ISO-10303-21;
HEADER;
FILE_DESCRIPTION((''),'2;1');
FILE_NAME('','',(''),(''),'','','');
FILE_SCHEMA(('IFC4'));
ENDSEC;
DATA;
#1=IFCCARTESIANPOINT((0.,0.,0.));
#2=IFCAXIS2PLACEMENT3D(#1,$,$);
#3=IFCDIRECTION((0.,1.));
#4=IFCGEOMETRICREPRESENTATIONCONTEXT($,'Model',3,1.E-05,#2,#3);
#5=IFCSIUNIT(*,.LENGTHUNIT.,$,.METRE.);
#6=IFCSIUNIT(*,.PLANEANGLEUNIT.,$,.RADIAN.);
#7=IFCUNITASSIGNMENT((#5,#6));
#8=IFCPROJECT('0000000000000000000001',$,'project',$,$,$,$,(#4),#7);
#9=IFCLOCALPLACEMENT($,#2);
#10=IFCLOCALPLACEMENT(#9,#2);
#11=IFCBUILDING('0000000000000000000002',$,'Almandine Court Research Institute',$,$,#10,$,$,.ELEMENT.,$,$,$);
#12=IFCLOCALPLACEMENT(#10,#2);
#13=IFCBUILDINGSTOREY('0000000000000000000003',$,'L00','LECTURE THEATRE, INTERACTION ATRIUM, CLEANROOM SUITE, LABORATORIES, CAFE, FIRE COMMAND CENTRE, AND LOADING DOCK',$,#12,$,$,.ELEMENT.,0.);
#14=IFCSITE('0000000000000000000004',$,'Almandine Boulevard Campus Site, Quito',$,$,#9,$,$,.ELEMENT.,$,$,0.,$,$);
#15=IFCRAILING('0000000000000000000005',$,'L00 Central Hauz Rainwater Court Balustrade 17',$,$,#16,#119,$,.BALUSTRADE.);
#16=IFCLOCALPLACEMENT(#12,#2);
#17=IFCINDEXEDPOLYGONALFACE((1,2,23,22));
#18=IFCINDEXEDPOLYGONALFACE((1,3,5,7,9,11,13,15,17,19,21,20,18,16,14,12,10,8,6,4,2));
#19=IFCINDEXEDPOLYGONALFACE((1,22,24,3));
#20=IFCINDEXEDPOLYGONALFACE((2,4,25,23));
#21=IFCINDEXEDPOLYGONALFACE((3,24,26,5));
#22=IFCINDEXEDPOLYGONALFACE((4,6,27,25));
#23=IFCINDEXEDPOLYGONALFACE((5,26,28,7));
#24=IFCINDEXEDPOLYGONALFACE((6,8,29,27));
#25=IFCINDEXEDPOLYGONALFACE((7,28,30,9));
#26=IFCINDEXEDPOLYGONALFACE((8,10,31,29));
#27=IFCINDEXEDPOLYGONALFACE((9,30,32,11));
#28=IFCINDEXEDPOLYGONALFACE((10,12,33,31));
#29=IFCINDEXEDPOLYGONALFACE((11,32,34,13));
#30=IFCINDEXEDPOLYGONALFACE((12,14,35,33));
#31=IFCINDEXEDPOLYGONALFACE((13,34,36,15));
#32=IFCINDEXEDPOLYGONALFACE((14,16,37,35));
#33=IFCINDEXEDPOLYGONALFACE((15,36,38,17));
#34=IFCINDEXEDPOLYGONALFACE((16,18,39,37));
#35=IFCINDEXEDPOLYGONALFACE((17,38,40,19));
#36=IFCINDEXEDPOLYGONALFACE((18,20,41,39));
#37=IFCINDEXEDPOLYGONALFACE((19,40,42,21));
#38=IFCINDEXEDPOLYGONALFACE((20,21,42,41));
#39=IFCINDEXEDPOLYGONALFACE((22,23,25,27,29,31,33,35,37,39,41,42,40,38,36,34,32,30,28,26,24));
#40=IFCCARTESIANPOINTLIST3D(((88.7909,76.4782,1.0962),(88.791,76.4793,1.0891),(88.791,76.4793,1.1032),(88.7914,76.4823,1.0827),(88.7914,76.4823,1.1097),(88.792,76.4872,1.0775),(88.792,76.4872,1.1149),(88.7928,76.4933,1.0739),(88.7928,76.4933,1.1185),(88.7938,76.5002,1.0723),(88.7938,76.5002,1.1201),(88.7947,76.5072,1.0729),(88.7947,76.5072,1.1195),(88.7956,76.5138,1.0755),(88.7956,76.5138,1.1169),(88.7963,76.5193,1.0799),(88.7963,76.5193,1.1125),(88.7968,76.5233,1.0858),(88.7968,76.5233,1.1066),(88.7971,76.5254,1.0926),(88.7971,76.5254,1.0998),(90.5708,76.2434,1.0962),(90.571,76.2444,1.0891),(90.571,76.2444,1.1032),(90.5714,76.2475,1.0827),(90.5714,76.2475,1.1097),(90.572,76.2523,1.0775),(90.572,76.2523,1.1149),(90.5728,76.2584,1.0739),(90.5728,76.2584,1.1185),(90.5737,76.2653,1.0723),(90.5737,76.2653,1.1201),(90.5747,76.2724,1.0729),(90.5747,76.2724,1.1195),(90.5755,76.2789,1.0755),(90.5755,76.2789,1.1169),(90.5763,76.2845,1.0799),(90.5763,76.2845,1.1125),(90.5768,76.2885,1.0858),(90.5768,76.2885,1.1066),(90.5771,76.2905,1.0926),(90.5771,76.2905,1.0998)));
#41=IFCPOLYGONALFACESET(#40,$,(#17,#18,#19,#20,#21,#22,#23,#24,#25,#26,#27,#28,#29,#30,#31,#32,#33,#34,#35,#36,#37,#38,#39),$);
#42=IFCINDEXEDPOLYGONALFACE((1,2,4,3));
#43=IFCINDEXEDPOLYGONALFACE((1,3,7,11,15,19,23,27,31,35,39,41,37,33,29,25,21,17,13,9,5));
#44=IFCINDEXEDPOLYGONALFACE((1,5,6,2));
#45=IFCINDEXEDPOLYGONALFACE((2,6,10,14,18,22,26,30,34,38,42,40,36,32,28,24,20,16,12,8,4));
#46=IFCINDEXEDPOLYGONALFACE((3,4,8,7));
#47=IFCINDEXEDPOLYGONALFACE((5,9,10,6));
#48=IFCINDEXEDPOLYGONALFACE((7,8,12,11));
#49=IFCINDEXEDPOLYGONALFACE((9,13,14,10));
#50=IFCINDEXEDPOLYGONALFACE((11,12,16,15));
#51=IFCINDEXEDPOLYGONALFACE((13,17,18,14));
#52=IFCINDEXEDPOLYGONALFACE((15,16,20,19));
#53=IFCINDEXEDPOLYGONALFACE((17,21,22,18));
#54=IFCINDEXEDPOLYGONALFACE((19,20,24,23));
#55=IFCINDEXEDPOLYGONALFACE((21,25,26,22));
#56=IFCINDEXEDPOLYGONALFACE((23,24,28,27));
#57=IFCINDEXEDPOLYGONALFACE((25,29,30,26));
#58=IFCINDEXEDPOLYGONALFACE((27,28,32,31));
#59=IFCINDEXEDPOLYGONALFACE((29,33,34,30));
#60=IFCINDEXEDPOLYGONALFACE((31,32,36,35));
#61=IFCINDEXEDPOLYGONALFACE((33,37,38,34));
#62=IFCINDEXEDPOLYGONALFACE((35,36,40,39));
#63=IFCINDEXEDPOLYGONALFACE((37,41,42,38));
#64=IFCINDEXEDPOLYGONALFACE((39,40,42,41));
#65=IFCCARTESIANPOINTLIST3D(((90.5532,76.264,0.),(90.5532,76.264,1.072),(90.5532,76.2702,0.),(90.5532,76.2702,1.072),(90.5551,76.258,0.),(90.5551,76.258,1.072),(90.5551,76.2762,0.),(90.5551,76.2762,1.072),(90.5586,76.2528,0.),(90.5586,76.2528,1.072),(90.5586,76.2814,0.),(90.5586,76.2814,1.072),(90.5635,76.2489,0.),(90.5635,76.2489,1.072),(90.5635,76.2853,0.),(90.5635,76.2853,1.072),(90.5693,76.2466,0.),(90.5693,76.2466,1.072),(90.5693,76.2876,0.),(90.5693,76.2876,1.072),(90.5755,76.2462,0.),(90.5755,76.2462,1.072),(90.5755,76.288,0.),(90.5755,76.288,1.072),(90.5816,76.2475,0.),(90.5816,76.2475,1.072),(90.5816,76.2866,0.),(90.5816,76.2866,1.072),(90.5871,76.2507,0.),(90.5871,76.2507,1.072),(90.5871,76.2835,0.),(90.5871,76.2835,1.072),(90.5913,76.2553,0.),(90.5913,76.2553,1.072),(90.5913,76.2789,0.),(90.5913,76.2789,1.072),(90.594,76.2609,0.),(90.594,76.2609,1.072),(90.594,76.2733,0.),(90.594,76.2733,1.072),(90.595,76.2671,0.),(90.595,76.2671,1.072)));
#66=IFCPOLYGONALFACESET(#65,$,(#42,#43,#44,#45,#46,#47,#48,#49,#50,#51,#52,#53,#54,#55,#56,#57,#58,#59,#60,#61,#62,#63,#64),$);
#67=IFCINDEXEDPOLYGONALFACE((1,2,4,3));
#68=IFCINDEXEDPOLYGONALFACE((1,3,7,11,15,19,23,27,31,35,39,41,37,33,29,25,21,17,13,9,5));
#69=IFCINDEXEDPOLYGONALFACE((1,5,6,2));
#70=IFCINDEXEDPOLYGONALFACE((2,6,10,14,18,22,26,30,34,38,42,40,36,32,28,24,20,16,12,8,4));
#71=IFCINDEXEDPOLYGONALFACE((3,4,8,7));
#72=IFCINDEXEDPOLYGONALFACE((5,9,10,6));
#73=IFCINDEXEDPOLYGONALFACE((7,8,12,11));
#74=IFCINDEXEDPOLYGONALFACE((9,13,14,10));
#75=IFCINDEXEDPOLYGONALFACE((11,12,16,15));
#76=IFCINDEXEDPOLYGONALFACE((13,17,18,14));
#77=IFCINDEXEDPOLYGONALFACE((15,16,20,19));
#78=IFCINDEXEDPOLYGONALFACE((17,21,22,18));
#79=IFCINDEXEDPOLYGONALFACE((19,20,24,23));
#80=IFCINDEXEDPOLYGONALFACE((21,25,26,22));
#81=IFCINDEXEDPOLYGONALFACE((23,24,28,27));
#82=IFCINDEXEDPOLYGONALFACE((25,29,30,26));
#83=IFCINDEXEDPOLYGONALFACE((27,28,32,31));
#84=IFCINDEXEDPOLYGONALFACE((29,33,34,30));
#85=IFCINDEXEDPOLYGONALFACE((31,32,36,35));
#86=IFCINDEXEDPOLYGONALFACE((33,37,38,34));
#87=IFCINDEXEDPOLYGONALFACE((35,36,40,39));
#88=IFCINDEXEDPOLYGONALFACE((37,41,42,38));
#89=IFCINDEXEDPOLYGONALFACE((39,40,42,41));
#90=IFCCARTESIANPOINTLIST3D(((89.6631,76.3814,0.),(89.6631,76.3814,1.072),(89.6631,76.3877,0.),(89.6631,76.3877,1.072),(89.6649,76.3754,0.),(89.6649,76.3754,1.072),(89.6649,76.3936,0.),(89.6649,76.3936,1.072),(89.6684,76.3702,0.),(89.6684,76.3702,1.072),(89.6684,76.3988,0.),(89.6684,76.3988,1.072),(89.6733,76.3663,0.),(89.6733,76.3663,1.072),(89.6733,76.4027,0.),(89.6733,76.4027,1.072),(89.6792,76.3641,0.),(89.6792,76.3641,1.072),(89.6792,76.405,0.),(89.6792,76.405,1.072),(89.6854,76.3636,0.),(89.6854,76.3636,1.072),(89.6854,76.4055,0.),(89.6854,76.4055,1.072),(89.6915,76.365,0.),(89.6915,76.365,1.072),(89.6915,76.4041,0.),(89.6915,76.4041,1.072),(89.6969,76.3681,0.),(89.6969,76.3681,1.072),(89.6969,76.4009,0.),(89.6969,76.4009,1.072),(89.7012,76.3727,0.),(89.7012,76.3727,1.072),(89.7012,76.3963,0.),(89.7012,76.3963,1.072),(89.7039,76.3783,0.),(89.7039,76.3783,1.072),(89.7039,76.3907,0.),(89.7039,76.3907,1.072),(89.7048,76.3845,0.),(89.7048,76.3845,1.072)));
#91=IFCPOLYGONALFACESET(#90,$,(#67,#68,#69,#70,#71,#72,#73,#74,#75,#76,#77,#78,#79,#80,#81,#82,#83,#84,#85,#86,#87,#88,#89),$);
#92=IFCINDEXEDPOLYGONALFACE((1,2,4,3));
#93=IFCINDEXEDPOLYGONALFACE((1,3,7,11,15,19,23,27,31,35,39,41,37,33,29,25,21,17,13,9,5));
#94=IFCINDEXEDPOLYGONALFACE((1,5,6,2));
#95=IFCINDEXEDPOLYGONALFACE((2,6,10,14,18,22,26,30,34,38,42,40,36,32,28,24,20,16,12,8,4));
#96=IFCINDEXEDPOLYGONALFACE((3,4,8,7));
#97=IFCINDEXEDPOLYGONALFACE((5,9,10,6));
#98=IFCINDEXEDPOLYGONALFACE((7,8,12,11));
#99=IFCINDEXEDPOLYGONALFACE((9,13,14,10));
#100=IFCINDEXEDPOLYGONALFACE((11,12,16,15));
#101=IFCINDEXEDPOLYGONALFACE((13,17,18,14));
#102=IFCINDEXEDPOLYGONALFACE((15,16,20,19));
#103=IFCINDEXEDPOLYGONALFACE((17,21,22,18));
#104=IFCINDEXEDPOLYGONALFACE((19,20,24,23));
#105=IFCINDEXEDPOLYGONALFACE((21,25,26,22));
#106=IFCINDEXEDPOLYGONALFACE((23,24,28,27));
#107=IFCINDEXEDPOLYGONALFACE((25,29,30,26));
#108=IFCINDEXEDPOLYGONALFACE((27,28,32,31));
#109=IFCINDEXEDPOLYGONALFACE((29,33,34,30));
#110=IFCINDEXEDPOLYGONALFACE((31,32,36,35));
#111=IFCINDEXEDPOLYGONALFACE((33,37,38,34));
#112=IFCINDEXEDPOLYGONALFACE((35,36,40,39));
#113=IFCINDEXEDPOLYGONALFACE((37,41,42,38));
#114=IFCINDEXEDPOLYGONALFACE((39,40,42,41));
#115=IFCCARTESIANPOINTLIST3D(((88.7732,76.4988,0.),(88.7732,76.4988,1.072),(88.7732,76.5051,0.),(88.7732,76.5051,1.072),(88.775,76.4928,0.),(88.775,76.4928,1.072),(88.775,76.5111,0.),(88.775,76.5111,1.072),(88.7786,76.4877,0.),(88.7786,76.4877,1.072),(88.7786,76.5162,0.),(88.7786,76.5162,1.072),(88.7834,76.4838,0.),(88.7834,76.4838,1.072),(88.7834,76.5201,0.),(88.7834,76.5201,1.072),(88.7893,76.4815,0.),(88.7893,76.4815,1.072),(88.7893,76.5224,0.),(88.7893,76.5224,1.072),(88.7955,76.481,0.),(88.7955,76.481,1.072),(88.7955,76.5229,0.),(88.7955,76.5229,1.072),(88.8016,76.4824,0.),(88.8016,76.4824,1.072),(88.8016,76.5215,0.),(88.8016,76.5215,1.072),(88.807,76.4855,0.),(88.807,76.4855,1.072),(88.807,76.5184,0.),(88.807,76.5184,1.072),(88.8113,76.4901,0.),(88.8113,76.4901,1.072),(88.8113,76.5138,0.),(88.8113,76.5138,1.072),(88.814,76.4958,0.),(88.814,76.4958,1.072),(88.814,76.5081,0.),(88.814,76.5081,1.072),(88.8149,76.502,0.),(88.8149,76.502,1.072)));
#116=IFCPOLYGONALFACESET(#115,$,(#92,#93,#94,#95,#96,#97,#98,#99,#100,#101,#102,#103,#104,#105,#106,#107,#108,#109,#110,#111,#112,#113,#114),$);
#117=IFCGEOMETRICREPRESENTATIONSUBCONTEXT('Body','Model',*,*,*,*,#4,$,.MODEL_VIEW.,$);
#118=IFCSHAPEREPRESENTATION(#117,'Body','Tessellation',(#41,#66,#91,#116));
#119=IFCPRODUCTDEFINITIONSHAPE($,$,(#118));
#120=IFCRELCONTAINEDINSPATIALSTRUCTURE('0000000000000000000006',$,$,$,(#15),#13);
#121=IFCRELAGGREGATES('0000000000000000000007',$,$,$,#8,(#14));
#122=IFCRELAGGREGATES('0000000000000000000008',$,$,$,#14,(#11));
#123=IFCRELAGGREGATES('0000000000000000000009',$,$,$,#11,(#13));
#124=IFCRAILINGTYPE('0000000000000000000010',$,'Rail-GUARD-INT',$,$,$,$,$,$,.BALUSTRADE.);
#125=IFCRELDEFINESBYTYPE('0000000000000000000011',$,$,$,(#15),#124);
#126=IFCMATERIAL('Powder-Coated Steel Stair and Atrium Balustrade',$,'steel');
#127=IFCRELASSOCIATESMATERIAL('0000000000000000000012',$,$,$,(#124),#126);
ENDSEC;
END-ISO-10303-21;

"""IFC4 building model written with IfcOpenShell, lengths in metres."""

from ifc_helpers import new_model, si_unit, direction, frame, origin, origin_2d, place, context, subcontext, project, spatial, circle, extrude, material, type_object, element, save


model = new_model("IFC4")

# Units and contexts
model_context = context("Model", 3, precision=1e-05, world=origin(), true_north=direction((0.0, 1.0)))
body_context = subcontext(model_context, "Body", "Model", "MODEL_VIEW")
ifc_project = project(units=[si_unit("LENGTHUNIT", "METRE"), si_unit("PLANEANGLEUNIT", "RADIAN")], contexts=[model_context])

# Site, building, storey
site_placement = place(None, origin())
site = spatial("IfcSite", under=ifc_project, at=site_placement, Name="Almandine Boulevard Campus Site, Quito", CompositionType="ELEMENT", RefElevation=0.0)
building_placement = place(site_placement, origin())
building = spatial("IfcBuilding", under=site, at=building_placement, Name="Almandine Court Research Institute", CompositionType="ELEMENT")
storey_placement = place(building_placement, origin())
storey = spatial("IfcBuildingStorey", under=building, at=storey_placement, Name="L00", Description="LECTURE THEATRE, INTERACTION ATRIUM, CLEANROOM SUITE, LABORATORIES, CAFE, FIRE COMMAND CENTRE, AND LOADING DOCK", CompositionType="ELEMENT", Elevation=0.0)

# Railing
ifc_material_1 = material(Name="Powder-Coated Steel Stair and Atrium Balustrade", Category="steel")
railing_type_1 = type_object("IfcRailingType", Name="Rail-GUARD-INT", PredefinedType="BALUSTRADE", material=ifc_material_1)
railing_1_placement = place(storey_placement, frame((90.574, 76.2671, 0.0)))
element("IfcRailing", 1, at=railing_1_placement, inside=storey, type_object=railing_type_1, Name="L00 Central Hauz Rainwater Court Balustrade 17", PredefinedType="BALUSTRADE", context=body_context, shape_type="SweptSolid", body=[
    extrude(circle(Radius=0.0239, at=origin_2d()), frame((0.0, 0.0, 1.0962), z_axis=(-0.991407, 0.13081, 0.0), x_axis=(-0.13081, -0.991407, 0.0)), (0.0, 0.0, 1.0), 1.7954),
    extrude(circle(Radius=0.021, at=origin_2d()), origin(), (0.0, 0.0, 1.0), 1.072),
    extrude(circle(Radius=0.021, at=origin_2d()), frame((-0.8901, 0.1174, 0.0)), (0.0, 0.0, 1.0), 1.072),
    extrude(circle(Radius=0.021, at=origin_2d()), frame((-1.78, 0.2349, 0.0)), (0.0, 0.0, 1.0), 1.072),
])

save(model, "model.ifc")
